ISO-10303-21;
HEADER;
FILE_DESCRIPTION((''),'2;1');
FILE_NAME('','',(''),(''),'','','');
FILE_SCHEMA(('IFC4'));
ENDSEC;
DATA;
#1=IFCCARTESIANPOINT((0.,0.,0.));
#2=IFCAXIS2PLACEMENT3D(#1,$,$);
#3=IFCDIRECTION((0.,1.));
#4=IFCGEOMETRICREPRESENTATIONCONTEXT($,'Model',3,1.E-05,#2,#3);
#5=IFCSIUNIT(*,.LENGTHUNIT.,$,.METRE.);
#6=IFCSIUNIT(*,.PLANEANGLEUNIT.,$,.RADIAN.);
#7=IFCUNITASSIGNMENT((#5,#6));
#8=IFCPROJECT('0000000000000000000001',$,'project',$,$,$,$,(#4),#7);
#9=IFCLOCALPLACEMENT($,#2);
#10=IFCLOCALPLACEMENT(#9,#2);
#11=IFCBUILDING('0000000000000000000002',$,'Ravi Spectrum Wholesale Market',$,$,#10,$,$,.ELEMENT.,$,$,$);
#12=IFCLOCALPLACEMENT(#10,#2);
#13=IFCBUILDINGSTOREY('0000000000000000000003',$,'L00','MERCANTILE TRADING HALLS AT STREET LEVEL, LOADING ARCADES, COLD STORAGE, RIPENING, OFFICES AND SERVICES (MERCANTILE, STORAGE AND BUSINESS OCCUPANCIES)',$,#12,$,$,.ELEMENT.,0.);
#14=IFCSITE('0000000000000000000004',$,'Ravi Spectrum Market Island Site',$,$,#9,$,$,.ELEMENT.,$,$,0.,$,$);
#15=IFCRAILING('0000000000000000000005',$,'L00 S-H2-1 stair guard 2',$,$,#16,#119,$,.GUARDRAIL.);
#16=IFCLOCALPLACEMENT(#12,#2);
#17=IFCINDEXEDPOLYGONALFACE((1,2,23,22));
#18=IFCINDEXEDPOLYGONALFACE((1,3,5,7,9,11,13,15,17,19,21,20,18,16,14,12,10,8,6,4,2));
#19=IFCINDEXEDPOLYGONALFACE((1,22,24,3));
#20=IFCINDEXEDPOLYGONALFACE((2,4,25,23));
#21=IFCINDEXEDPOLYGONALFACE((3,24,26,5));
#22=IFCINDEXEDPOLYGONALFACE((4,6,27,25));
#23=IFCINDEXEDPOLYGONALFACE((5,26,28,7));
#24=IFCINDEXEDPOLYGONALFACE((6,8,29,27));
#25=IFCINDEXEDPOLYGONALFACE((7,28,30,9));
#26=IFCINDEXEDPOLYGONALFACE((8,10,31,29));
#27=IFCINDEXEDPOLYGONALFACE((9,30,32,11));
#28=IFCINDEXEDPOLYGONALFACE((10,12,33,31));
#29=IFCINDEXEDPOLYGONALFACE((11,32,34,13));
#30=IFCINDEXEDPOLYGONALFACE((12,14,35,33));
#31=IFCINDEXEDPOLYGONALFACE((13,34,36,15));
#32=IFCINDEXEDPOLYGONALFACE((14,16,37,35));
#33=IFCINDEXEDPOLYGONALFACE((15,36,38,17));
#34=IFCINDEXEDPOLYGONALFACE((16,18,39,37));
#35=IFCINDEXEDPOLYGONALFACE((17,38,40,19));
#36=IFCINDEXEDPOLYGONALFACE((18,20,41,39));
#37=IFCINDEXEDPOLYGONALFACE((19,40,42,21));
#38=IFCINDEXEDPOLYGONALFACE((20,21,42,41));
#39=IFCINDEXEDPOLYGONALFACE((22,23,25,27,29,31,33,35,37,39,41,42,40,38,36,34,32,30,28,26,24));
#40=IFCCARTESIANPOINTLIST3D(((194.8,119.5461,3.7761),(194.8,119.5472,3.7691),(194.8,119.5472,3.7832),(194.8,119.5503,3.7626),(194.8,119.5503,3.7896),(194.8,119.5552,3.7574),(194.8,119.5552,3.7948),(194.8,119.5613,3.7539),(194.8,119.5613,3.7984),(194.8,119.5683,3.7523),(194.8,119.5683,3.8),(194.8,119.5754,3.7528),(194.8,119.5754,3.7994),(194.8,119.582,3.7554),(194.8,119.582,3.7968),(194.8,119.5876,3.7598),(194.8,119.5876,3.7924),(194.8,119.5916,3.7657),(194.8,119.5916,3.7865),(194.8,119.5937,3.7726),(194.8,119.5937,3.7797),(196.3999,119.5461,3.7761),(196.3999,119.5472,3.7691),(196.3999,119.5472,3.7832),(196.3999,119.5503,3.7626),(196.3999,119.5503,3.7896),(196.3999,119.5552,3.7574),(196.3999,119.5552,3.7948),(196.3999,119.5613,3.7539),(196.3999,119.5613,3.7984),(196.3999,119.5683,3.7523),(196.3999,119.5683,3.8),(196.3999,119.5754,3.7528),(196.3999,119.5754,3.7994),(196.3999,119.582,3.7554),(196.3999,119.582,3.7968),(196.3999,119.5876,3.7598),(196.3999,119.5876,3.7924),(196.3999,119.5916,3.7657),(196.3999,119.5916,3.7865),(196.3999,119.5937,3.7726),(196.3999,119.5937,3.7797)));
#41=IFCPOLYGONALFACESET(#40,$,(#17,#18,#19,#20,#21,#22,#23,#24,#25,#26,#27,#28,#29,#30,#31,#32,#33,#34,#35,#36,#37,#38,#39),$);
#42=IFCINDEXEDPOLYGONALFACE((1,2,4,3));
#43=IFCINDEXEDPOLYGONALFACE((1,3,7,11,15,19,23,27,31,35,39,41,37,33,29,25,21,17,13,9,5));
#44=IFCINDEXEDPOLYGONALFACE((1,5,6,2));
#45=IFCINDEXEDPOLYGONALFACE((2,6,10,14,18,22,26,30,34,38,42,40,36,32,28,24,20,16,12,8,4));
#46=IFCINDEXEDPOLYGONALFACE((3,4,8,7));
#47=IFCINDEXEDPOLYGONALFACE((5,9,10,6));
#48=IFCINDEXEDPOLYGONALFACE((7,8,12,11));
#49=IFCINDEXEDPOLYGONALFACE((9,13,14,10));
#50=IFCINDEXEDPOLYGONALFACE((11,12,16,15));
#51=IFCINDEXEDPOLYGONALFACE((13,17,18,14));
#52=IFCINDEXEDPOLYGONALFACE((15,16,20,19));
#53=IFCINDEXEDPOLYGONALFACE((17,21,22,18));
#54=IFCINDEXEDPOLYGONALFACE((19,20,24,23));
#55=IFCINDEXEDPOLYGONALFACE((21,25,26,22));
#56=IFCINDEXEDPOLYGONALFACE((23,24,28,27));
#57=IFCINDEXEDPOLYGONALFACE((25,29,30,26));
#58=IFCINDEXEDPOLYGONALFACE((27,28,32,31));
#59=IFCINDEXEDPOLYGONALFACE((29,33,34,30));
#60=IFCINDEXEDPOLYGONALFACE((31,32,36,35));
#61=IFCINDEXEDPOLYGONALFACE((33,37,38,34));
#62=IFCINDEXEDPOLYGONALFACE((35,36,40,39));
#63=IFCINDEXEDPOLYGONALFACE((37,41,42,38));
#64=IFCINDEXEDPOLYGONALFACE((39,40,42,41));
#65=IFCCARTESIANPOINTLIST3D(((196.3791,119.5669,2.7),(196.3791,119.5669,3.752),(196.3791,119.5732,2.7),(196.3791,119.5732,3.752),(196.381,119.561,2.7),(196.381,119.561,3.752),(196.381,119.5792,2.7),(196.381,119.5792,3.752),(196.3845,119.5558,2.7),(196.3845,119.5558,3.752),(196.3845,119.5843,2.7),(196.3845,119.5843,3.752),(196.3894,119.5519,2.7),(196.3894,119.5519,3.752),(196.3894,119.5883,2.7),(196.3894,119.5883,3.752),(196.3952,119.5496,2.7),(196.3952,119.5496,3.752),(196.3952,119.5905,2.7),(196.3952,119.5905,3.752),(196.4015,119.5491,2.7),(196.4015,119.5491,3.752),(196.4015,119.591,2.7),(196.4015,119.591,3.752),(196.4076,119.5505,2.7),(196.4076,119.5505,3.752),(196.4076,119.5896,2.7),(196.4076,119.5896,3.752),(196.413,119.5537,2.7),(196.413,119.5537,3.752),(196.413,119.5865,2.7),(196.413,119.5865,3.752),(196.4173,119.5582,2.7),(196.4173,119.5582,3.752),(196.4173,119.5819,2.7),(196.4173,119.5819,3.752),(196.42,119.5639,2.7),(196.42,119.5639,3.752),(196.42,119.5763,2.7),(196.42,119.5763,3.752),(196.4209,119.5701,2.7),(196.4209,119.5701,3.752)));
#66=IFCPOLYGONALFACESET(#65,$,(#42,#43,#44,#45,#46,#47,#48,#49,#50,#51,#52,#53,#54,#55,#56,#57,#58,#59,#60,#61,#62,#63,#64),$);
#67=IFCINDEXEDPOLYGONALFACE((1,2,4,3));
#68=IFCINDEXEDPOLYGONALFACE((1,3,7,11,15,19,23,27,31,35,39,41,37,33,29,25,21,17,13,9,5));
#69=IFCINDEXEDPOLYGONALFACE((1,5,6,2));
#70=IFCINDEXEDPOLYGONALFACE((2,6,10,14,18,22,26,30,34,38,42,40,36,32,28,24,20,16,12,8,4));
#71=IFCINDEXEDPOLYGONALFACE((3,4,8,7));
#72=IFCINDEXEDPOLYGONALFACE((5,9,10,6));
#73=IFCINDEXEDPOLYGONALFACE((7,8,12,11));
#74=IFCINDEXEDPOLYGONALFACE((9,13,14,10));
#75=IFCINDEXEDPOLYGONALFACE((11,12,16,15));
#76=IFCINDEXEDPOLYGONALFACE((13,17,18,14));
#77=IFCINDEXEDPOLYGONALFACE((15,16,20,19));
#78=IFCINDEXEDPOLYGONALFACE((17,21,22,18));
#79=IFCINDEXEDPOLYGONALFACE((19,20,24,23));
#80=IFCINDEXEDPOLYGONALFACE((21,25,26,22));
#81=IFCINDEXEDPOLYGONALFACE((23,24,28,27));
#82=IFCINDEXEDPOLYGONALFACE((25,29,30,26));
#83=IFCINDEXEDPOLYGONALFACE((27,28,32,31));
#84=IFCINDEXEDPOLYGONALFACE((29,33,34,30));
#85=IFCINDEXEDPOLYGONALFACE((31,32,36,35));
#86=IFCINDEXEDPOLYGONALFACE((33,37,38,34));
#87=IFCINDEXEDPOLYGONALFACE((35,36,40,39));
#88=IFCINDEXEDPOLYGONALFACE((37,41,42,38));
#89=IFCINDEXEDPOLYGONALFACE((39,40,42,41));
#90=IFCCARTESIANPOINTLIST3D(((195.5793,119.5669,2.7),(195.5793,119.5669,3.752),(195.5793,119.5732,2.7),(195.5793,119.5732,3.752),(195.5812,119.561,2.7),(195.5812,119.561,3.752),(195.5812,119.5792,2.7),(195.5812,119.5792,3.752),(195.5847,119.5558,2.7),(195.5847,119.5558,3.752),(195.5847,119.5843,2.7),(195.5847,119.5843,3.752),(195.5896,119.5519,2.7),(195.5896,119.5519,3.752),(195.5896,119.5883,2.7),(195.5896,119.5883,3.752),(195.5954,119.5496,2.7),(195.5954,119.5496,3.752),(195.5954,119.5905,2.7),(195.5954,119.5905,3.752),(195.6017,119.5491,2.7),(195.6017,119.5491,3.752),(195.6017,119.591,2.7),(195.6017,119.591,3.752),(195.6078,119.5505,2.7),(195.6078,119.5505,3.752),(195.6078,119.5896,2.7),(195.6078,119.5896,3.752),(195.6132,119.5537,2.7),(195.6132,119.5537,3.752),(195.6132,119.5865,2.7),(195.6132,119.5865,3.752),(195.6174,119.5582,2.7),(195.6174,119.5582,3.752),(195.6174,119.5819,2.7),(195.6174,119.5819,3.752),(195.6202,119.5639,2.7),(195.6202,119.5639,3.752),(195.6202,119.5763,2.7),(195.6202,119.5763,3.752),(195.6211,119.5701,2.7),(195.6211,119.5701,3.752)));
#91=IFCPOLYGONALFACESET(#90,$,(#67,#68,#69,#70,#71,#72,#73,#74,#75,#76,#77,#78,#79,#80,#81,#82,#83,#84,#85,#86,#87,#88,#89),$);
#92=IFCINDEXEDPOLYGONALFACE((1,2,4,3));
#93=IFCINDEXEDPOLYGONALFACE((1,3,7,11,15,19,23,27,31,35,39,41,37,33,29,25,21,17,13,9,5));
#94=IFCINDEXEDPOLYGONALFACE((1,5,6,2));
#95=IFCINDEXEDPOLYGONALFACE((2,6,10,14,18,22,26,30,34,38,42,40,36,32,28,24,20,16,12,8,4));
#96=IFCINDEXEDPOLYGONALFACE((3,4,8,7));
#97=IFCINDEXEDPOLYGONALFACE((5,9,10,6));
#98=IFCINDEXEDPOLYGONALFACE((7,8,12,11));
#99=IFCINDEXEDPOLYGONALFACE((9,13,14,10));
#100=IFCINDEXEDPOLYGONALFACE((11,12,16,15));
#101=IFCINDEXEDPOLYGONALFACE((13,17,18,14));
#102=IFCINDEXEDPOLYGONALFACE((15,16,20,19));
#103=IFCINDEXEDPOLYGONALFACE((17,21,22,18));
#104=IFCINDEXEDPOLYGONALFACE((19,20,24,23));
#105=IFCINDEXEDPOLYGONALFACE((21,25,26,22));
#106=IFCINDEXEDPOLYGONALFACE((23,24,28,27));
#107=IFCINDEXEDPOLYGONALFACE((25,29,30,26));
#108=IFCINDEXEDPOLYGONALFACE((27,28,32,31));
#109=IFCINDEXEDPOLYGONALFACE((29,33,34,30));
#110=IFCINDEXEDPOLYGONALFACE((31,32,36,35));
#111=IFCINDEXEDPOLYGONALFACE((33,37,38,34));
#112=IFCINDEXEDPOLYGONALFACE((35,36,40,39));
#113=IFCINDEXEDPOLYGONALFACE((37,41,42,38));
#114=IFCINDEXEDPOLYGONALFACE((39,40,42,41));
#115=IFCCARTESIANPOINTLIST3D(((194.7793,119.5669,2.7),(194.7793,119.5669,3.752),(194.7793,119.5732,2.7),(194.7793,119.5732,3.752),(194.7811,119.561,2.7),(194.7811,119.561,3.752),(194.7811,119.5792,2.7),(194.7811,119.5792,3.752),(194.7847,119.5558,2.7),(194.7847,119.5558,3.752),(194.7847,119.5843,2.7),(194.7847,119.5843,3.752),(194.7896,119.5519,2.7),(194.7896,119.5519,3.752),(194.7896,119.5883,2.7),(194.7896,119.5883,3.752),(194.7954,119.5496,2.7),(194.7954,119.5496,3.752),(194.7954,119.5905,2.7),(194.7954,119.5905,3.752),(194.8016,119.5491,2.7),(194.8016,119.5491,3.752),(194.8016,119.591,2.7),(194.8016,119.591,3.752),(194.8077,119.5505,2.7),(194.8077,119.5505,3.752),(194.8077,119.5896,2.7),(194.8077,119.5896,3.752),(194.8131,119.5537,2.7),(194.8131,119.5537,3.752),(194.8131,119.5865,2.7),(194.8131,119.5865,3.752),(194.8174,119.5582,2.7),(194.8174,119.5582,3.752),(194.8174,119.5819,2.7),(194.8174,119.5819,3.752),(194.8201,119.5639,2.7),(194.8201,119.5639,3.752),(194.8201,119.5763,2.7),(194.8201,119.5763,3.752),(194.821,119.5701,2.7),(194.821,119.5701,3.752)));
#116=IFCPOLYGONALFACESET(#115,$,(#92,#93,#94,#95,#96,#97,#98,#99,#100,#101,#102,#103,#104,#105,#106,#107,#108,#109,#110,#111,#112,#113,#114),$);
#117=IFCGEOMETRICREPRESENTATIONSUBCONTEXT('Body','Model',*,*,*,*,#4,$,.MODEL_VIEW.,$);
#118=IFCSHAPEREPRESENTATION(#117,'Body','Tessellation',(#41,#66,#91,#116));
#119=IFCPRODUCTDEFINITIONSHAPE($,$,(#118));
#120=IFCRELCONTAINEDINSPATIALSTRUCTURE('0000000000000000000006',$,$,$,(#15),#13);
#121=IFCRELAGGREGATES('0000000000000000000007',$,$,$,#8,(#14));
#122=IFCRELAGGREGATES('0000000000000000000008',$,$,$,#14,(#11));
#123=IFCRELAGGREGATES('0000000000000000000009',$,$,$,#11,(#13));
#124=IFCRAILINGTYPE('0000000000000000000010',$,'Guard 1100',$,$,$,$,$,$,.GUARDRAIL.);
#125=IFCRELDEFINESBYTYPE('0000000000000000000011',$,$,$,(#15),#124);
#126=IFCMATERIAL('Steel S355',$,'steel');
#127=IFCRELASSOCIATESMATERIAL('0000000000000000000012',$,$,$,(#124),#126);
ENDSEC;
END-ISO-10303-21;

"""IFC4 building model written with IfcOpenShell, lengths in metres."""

from ifc_helpers import new_model, si_unit, direction, frame, origin, origin_2d, place, context, subcontext, project, spatial, circle, extrude, material, type_object, element, save


model = new_model("IFC4")

# Units and contexts
model_context = context("Model", 3, precision=1e-05, world=origin(), true_north=direction((0.0, 1.0)))
body_context = subcontext(model_context, "Body", "Model", "MODEL_VIEW")
ifc_project = project(units=[si_unit("LENGTHUNIT", "METRE"), si_unit("PLANEANGLEUNIT", "RADIAN")], contexts=[model_context])

# Site, building, storey
site_placement = place(None, origin())
site = spatial("IfcSite", under=ifc_project, at=site_placement, Name="Ravi Spectrum Market Island Site", CompositionType="ELEMENT", RefElevation=0.0)
building_placement = place(site_placement, origin())
building = spatial("IfcBuilding", under=site, at=building_placement, Name="Ravi Spectrum Wholesale Market", CompositionType="ELEMENT")
storey_placement = place(building_placement, origin())
storey = spatial("IfcBuildingStorey", under=building, at=storey_placement, Name="L00", Description="MERCANTILE TRADING HALLS AT STREET LEVEL, LOADING ARCADES, COLD STORAGE, RIPENING, OFFICES AND SERVICES (MERCANTILE, STORAGE AND BUSINESS OCCUPANCIES)", CompositionType="ELEMENT", Elevation=0.0)

# Railing
ifc_material_1 = material(Name="Steel S355", Category="steel")
railing_type_1 = type_object("IfcRailingType", Name="Guard 1100", PredefinedType="GUARDRAIL", material=ifc_material_1)
railing_1_placement = place(storey_placement, frame((196.3999, 119.5701, 2.7)))
element("IfcRailing", 1, at=railing_1_placement, inside=storey, type_object=railing_type_1, Name="L00 S-H2-1 stair guard 2", PredefinedType="GUARDRAIL", context=body_context, shape_type="SweptSolid", body=[
    extrude(circle(Radius=0.0239, at=origin_2d()), frame((0.0, 0.0, 1.0762), z_axis=(-1.0, 0.0, 0.0), x_axis=(0.0, -1.0, 0.0)), (0.0, 0.0, 1.0), 1.5999),
    extrude(circle(Radius=0.021, at=origin_2d()), origin(), (0.0, 0.0, 1.0), 1.052),
    extrude(circle(Radius=0.021, at=origin_2d()), frame((-0.7998, 0.0, 0.0)), (0.0, 0.0, 1.0), 1.052),
    extrude(circle(Radius=0.021, at=origin_2d()), frame((-1.5999, 0.0, 0.0)), (0.0, 0.0, 1.0), 1.052),
])

save(model, "model.ifc")
